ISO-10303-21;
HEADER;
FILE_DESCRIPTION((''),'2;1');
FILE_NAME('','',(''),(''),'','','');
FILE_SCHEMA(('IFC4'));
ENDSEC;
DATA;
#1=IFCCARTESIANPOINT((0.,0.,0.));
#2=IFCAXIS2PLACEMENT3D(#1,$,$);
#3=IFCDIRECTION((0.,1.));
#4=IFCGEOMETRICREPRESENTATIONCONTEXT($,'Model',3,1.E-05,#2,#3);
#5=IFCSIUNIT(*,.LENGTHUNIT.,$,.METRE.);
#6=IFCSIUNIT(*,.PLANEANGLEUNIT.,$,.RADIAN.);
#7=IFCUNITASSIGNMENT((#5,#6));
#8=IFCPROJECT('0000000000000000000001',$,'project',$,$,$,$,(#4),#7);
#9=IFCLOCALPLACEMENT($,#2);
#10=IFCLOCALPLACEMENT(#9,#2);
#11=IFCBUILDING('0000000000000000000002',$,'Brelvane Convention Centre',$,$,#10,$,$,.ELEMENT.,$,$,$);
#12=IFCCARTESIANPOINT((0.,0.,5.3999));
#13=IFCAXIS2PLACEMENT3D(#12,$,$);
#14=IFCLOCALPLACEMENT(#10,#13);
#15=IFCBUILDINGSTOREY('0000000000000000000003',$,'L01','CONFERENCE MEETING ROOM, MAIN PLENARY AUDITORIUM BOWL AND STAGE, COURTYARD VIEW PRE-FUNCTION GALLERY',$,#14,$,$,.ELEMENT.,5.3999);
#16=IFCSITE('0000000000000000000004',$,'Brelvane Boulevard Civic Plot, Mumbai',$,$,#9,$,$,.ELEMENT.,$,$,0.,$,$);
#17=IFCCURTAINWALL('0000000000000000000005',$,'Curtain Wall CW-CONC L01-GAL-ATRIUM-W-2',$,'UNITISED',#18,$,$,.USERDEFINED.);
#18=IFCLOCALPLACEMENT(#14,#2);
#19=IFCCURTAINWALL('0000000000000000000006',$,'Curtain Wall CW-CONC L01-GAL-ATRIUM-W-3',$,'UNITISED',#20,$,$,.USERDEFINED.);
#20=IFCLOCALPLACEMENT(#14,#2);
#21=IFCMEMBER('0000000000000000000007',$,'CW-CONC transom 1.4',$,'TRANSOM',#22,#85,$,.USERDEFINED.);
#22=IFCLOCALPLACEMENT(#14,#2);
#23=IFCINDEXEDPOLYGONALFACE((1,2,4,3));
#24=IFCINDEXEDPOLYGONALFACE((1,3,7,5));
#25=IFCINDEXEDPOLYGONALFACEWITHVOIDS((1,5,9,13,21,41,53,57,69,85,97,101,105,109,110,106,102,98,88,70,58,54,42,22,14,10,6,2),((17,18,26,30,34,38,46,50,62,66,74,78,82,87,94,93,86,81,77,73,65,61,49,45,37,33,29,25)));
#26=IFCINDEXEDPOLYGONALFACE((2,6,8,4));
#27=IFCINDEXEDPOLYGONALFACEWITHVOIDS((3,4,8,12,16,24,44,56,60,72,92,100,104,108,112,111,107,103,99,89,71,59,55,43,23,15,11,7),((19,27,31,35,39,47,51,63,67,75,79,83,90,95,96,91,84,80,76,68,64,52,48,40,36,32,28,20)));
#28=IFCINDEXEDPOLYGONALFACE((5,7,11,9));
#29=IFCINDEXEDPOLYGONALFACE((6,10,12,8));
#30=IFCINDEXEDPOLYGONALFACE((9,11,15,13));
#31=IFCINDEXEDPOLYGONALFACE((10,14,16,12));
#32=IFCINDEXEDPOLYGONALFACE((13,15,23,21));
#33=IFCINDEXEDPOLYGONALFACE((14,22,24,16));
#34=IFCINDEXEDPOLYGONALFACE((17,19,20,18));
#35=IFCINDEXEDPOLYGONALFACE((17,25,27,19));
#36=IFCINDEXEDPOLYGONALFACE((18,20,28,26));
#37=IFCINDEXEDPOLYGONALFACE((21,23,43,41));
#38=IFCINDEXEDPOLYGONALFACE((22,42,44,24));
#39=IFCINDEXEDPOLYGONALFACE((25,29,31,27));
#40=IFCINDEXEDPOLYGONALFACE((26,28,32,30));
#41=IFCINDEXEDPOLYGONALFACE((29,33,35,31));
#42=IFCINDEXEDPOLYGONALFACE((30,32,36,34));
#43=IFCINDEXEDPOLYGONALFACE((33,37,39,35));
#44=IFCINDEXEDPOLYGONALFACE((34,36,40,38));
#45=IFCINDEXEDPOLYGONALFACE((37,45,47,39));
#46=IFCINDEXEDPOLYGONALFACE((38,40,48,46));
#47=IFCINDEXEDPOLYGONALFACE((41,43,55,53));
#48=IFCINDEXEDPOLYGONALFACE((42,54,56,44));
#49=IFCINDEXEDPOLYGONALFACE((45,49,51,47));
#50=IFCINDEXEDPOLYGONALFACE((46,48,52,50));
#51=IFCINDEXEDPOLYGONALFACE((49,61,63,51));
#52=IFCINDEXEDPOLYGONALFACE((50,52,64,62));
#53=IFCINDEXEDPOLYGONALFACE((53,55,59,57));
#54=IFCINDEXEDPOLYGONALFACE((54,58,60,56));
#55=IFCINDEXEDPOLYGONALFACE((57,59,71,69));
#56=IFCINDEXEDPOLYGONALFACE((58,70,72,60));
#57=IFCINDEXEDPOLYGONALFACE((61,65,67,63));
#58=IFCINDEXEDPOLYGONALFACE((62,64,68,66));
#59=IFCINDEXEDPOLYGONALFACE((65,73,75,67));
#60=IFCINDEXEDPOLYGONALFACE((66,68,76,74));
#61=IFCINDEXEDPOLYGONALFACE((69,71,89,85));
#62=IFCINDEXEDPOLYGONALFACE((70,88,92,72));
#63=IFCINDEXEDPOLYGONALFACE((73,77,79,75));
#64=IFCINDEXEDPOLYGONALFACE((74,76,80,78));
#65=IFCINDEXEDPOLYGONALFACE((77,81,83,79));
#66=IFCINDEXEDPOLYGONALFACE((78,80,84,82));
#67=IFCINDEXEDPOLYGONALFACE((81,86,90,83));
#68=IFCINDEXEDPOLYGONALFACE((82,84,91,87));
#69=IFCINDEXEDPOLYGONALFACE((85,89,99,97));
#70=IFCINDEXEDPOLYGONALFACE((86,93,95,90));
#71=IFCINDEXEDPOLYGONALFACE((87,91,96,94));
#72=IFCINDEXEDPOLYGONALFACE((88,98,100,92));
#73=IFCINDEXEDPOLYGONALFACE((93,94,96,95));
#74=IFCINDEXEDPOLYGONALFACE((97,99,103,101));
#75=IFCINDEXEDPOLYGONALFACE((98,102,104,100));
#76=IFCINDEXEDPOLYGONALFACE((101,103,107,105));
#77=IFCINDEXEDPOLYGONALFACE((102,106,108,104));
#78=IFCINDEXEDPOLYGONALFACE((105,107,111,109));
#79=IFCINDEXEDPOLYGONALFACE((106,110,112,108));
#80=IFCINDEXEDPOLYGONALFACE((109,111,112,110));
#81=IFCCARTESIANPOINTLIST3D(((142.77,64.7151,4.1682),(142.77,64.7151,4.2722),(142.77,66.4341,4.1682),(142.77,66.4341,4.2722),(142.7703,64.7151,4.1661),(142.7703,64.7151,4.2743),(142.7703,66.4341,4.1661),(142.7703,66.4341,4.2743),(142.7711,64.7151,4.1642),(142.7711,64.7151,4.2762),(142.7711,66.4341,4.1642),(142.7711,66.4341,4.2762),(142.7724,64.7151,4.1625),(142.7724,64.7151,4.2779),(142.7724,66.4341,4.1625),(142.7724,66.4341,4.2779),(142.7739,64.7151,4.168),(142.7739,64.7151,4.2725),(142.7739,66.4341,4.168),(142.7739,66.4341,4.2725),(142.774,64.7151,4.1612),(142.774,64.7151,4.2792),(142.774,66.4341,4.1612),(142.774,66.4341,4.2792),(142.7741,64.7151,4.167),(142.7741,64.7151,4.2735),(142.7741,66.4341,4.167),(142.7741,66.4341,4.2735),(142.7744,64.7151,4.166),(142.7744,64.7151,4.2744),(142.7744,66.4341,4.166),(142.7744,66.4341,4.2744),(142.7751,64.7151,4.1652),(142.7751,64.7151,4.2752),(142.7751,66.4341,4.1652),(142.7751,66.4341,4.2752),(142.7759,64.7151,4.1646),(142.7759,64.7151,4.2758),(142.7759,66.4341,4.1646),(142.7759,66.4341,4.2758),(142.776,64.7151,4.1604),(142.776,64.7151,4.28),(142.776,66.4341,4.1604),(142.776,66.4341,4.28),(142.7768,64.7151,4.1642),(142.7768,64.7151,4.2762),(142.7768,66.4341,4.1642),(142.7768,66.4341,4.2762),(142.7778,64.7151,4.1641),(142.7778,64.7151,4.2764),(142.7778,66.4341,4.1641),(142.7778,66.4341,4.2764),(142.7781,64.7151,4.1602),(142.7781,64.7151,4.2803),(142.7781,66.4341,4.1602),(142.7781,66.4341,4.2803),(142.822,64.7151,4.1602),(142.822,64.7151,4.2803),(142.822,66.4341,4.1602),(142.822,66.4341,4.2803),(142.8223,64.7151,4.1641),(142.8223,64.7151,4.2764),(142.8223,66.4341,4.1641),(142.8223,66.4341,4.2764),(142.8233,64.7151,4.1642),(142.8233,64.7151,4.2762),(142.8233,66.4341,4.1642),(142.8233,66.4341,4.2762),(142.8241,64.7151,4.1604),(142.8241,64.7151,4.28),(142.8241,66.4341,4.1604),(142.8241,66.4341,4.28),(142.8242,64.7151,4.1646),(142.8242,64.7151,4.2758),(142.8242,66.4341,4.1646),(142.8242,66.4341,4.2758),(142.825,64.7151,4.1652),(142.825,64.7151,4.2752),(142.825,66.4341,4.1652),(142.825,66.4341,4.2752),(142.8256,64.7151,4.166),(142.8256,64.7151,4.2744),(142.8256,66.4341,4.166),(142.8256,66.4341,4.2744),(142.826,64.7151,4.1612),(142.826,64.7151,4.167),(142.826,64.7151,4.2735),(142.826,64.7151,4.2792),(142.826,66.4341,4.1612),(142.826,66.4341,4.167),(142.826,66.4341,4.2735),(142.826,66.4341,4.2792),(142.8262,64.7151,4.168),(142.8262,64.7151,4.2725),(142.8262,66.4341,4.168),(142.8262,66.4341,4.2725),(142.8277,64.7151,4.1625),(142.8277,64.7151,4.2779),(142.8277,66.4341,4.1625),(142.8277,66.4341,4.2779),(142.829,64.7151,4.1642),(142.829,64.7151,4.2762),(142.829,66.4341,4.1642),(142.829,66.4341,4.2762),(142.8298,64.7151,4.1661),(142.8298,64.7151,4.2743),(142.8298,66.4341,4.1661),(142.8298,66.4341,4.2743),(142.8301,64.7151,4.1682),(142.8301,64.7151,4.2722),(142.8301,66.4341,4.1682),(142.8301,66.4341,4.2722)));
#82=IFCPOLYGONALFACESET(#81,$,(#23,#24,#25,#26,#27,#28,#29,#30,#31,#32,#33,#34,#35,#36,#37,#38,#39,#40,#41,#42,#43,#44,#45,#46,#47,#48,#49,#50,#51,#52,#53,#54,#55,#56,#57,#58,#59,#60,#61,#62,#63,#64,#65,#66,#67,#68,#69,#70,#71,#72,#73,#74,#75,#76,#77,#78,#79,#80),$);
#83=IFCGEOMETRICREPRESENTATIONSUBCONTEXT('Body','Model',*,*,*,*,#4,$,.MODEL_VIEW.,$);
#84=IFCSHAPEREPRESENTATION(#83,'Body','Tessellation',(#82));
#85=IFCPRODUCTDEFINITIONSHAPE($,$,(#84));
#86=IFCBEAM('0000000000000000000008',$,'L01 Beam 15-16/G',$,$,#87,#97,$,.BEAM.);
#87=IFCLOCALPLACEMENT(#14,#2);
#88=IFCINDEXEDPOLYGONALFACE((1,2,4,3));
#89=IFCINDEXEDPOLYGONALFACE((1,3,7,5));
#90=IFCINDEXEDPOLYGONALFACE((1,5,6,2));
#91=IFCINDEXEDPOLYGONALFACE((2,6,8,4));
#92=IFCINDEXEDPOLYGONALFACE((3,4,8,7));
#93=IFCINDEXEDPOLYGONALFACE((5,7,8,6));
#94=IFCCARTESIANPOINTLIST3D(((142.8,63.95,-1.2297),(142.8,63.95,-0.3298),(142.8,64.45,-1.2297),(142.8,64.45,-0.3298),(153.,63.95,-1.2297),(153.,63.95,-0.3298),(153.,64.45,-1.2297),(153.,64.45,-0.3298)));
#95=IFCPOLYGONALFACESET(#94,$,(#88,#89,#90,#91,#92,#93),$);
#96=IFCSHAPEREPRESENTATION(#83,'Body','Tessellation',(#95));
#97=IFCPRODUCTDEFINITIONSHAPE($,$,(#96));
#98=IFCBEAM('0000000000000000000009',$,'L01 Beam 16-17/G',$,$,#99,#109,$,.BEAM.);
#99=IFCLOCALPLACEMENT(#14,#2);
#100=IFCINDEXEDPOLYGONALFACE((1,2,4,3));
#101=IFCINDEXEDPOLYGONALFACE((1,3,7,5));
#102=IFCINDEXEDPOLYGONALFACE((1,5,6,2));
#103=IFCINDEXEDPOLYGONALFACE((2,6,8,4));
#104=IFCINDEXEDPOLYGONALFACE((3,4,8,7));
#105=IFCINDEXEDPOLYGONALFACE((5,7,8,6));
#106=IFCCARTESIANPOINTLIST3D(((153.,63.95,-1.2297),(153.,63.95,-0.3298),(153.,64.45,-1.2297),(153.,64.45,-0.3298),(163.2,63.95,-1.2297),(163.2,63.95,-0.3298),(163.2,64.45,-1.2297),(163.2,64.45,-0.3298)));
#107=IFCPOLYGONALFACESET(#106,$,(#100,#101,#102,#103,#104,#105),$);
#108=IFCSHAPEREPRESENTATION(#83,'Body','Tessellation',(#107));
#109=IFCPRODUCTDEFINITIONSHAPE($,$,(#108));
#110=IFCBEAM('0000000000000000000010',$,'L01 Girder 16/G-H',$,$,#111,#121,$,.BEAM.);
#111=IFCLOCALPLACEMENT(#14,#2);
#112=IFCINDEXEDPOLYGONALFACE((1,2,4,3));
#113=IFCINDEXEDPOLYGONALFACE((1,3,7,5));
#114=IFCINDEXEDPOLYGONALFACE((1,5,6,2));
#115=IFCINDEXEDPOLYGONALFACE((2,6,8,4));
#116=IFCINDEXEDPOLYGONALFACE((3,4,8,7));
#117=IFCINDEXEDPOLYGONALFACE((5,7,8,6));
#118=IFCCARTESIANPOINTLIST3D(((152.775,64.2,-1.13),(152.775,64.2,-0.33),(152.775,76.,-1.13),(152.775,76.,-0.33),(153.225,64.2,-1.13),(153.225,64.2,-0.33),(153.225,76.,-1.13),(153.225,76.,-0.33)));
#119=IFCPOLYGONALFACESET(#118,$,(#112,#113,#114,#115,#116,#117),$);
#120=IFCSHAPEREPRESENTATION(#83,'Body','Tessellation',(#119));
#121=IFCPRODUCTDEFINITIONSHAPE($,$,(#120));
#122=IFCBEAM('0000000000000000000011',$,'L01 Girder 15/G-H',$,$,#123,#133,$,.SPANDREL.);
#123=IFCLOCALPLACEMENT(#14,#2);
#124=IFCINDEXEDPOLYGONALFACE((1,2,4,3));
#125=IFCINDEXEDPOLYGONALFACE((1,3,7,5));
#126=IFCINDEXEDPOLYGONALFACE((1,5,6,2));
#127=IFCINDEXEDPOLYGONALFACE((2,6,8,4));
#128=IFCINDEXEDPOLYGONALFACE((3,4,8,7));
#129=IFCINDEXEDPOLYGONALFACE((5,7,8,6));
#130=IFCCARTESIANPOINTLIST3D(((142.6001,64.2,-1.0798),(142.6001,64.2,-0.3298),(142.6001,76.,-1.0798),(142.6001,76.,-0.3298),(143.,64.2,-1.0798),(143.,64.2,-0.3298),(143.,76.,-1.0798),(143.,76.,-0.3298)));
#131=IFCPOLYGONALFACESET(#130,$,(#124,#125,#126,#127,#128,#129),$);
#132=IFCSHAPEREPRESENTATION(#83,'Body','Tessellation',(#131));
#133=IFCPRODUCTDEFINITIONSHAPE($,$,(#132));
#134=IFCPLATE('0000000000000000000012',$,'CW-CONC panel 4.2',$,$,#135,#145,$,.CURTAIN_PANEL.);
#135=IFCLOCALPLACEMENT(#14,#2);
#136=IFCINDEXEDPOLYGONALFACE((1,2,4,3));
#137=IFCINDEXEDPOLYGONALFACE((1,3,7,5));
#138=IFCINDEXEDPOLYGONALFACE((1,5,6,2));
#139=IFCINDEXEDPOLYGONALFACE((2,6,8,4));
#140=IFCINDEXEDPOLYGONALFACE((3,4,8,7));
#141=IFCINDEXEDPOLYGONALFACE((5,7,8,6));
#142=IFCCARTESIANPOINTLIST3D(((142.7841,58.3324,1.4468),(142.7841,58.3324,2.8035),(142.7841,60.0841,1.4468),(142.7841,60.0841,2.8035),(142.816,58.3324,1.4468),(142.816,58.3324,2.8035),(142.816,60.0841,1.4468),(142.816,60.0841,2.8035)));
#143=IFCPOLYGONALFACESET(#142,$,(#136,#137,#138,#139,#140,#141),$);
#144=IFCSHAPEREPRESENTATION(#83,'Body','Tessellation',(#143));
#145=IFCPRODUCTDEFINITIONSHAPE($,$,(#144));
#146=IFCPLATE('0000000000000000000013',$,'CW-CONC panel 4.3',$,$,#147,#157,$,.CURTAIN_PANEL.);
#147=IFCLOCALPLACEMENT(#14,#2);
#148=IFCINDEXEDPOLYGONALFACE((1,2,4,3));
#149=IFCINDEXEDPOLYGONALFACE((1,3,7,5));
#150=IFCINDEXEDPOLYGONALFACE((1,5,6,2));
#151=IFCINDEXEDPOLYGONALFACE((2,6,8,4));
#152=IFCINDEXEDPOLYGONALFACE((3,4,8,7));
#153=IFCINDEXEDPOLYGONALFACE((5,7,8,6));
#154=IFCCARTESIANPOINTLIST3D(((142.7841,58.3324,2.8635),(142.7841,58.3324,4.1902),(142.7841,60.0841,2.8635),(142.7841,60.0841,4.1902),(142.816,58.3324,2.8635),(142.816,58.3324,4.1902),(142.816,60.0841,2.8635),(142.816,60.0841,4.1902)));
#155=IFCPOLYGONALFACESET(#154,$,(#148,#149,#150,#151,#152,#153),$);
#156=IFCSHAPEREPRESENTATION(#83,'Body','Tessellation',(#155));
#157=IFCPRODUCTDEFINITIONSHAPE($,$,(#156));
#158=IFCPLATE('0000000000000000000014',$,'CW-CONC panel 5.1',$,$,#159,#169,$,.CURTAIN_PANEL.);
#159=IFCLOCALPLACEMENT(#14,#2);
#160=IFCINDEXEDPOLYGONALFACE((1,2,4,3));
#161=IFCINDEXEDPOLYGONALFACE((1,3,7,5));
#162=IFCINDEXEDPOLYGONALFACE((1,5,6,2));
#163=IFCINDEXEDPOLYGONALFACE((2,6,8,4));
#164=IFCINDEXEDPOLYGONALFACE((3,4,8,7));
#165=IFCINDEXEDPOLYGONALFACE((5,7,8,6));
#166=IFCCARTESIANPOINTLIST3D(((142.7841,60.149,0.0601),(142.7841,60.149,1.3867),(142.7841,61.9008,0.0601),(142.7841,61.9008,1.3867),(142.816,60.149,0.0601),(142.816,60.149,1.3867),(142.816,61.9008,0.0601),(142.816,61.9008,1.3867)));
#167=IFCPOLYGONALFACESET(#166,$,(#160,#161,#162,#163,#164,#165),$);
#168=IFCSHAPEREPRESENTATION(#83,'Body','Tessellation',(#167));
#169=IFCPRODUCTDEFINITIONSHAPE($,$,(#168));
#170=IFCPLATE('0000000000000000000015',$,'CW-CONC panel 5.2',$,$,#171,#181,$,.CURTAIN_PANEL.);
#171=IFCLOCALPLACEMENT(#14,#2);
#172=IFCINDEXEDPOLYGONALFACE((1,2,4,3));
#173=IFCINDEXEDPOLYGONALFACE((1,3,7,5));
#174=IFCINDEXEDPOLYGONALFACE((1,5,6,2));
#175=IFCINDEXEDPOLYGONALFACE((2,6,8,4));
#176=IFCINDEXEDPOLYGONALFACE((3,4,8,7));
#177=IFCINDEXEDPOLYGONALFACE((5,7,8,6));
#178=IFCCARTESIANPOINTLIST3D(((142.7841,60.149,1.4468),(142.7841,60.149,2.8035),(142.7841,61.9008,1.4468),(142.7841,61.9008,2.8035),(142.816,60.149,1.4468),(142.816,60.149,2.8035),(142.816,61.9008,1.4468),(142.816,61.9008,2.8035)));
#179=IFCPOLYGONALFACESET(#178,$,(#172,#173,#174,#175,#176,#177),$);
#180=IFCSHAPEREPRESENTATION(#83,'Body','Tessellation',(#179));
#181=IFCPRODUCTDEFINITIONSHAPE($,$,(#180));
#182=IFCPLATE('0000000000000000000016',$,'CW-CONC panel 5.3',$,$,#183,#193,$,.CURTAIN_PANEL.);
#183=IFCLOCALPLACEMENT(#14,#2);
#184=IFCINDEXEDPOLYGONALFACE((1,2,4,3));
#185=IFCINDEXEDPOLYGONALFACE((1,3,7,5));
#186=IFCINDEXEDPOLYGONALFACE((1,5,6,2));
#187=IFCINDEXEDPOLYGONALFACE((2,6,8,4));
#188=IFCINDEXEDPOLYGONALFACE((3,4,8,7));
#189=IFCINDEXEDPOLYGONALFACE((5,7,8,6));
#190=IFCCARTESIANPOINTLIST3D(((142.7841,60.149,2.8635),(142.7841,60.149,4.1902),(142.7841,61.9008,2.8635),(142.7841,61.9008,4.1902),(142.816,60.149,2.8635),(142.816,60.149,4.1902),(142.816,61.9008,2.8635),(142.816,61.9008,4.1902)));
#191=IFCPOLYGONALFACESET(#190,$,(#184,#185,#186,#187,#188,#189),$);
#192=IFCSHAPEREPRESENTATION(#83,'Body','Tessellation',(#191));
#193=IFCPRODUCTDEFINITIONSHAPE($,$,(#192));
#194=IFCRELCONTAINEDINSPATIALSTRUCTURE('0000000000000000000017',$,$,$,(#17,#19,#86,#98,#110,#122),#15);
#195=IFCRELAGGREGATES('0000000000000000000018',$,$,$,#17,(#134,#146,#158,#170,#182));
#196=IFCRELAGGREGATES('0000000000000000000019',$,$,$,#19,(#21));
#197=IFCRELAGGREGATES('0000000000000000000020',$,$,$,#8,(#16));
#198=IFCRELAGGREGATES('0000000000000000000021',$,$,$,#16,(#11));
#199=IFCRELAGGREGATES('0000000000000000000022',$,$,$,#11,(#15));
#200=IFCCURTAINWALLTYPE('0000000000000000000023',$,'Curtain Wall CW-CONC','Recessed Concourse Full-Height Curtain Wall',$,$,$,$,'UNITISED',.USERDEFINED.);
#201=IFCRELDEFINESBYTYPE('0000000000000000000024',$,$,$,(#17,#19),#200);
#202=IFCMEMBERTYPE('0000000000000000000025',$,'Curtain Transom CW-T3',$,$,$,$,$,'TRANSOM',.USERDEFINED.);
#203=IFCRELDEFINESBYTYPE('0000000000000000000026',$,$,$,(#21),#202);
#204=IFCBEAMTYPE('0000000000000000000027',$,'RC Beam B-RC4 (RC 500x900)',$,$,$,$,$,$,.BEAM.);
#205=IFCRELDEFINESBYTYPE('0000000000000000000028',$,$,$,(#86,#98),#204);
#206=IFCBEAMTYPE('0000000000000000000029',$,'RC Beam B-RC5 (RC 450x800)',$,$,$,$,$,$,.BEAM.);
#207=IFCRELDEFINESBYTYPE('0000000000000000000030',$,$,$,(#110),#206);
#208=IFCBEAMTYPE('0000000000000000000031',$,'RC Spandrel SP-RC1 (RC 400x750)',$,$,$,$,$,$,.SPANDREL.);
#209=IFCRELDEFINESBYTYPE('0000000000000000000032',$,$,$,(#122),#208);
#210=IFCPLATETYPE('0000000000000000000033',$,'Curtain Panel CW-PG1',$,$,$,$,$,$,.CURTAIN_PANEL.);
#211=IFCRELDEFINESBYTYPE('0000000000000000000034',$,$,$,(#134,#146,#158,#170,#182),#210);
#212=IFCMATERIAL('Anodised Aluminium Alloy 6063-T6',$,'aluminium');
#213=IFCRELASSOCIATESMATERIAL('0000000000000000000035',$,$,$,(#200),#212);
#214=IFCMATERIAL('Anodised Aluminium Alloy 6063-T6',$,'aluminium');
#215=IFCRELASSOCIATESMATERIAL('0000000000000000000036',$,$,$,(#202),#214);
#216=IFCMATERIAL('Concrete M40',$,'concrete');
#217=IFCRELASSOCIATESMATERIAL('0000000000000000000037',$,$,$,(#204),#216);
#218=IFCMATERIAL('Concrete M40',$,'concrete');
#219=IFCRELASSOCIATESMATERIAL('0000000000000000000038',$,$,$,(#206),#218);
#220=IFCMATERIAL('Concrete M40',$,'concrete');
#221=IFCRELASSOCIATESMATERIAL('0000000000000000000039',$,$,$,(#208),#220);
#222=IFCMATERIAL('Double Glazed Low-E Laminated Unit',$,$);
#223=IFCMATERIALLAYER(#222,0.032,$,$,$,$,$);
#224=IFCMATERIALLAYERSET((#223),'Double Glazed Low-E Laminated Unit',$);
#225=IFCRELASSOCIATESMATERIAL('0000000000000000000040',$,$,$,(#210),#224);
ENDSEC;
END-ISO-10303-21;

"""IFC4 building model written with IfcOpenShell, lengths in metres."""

from ifc_helpers import new_model, si_unit, direction, frame, origin, origin_2d, place, context, subcontext, project, spatial, rectangle, hollow_rectangle, extrude, material, layer, layer_set, material_profile, profile_set, type_object, element, aggregate, save


model = new_model("IFC4")

# Units and contexts
model_context = context("Model", 3, precision=1e-05, world=origin(), true_north=direction((0.0, 1.0)))
body_context = subcontext(model_context, "Body", "Model", "MODEL_VIEW")
ifc_project = project(units=[si_unit("LENGTHUNIT", "METRE"), si_unit("PLANEANGLEUNIT", "RADIAN")], contexts=[model_context])

# Site, building, storey
site_placement = place(None, origin())
site = spatial("IfcSite", under=ifc_project, at=site_placement, Name="Brelvane Boulevard Civic Plot, Mumbai", CompositionType="ELEMENT", RefElevation=0.0)
building_placement = place(site_placement, origin())
building = spatial("IfcBuilding", under=site, at=building_placement, Name="Brelvane Convention Centre", CompositionType="ELEMENT")
storey_placement = place(building_placement, frame((0.0, 0.0, 5.3999)))
storey = spatial("IfcBuildingStorey", under=building, at=storey_placement, Name="L01", Description="CONFERENCE MEETING ROOM, MAIN PLENARY AUDITORIUM BOWL AND STAGE, COURTYARD VIEW PRE-FUNCTION GALLERY", CompositionType="ELEMENT", Elevation=5.3999)

# Curtain wall
ifc_material_1 = material(Name="Anodised Aluminium Alloy 6063-T6", Category="aluminium")
curtain_wall_type = type_object("IfcCurtainWallType", Name="Curtain Wall CW-CONC", Description="Recessed Concourse Full-Height Curtain Wall", ElementType="UNITISED", PredefinedType="USERDEFINED", material=ifc_material_1)
curtain_wall_1_placement = place(storey_placement, origin())
curtain_wall_1 = element("IfcCurtainWall", 1, at=curtain_wall_1_placement, inside=storey, type_object=curtain_wall_type, Name="Curtain Wall CW-CONC L01-GAL-ATRIUM-W-2", ObjectType="UNITISED", PredefinedType="USERDEFINED")

# Curtain wall
curtain_wall_2_placement = place(storey_placement, origin())
curtain_wall_2 = element("IfcCurtainWall", 2, at=curtain_wall_2_placement, inside=storey, type_object=curtain_wall_type, Name="Curtain Wall CW-CONC L01-GAL-ATRIUM-W-3", ObjectType="UNITISED", PredefinedType="USERDEFINED")

# Member
ifc_material_2 = material(Name="Anodised Aluminium Alloy 6063-T6", Category="aluminium")
ifc_material_profile_1 = material_profile(ifc_material_2, hollow_rectangle(XDim=0.0601, YDim=0.1201, WallThickness=0.0039, InnerFilletRadius=0.0039, OuterFilletRadius=0.0081, at=origin_2d()), Name="ALU-T 120x60x4.0")
ifc_profile_set_1 = profile_set([ifc_material_profile_1], Name="Anodised Aluminium Alloy 6063-T6")
member_type_1 = type_object("IfcMemberType", Name="Curtain Transom CW-T3", ElementType="TRANSOM", PredefinedType="USERDEFINED", material=ifc_profile_set_1)
member_1_placement = place(storey_placement, frame((142.8, 64.7151, 4.2202), z_axis=(0.0, 1.0, 0.0), x_axis=(-1.0, 0.0, 0.0)))
member_1 = element("IfcMember", 3, at=member_1_placement, type_object=member_type_1, Name="CW-CONC transom 1.4", ObjectType="TRANSOM", PredefinedType="USERDEFINED", context=body_context, shape_type="SweptSolid", body=[
    extrude(hollow_rectangle(XDim=0.0601, YDim=0.1201, WallThickness=0.0039, InnerFilletRadius=0.0039, OuterFilletRadius=0.0081, at=origin_2d()), origin(), (0.0, 0.0, 1.0), 1.719),
])

# Beams
ifc_material_3 = material(Name="Concrete M40", Category="concrete")
ifc_material_profile_2 = material_profile(ifc_material_3, rectangle(XDim=0.5, YDim=0.8999, at=origin_2d()), Name="RC 500x900")
ifc_profile_set_2 = profile_set([ifc_material_profile_2], Name="Concrete M40")
beam_type_1 = type_object("IfcBeamType", Name="RC Beam B-RC4 (RC 500x900)", PredefinedType="BEAM", material=ifc_profile_set_2)
for number, where, z_axis, x_axis, name in (
    (4, (142.8, 64.2, -0.7798), (1.0, 0.0, 0.0), (0.0, 1.0, 0.0), "L01 Beam 15-16/G"),
    (5, (153.0, 64.2, -0.7798), (1.0, 0.0, 0.0), (0.0, 1.0, 0.0), "L01 Beam 16-17/G"),
):
    element("IfcBeam", number, at=place(storey_placement, frame(where, z_axis=z_axis, x_axis=x_axis)), inside=storey, type_object=beam_type_1, Name=name, PredefinedType="BEAM", context=body_context, shape_type="SweptSolid", body=[
        extrude(rectangle(XDim=0.5, YDim=0.8999, at=origin_2d()), origin(), (0.0, 0.0, 1.0), 10.2),
    ])
ifc_material_4 = material(Name="Concrete M40", Category="concrete")
ifc_material_profile_3 = material_profile(ifc_material_4, rectangle(XDim=0.45, YDim=0.8, at=origin_2d()), Name="RC 450x800")
ifc_profile_set_3 = profile_set([ifc_material_profile_3], Name="Concrete M40")
beam_type_2 = type_object("IfcBeamType", Name="RC Beam B-RC5 (RC 450x800)", PredefinedType="BEAM", material=ifc_profile_set_3)
beam_1_placement = place(storey_placement, frame((153.0, 64.2, -0.73), z_axis=(0.0, 1.0, 0.0), x_axis=(-1.0, 0.0, 0.0)))
element("IfcBeam", 6, at=beam_1_placement, inside=storey, type_object=beam_type_2, Name="L01 Girder 16/G-H", PredefinedType="BEAM", context=body_context, shape_type="SweptSolid", body=[
    extrude(rectangle(XDim=0.45, YDim=0.8, at=origin_2d()), origin(), (0.0, 0.0, 1.0), 11.8),
])
ifc_material_5 = material(Name="Concrete M40", Category="concrete")
ifc_material_profile_4 = material_profile(ifc_material_5, rectangle(XDim=0.3999, YDim=0.75, at=origin_2d()), Name="RC 400x750")
ifc_profile_set_4 = profile_set([ifc_material_profile_4], Name="Concrete M40")
beam_type_3 = type_object("IfcBeamType", Name="RC Spandrel SP-RC1 (RC 400x750)", PredefinedType="SPANDREL", material=ifc_profile_set_4)
beam_2_placement = place(storey_placement, frame((142.8, 64.2, -0.7048), z_axis=(0.0, 1.0, 0.0), x_axis=(-1.0, 0.0, 0.0)))
element("IfcBeam", 7, at=beam_2_placement, inside=storey, type_object=beam_type_3, Name="L01 Girder 15/G-H", PredefinedType="SPANDREL", context=body_context, shape_type="SweptSolid", body=[
    extrude(rectangle(XDim=0.3999, YDim=0.75, at=origin_2d()), origin(), (0.0, 0.0, 1.0), 11.8),
])

# Plates
ifc_material_6 = material(Name="Double Glazed Low-E Laminated Unit")
ifc_layer = layer(ifc_material_6, 0.032)
ifc_layer_set = layer_set([ifc_layer], Name="Double Glazed Low-E Laminated Unit")
plate_type = type_object("IfcPlateType", Name="Curtain Panel CW-PG1", PredefinedType="CURTAIN_PANEL", material=ifc_layer_set)
plate_1_placement = place(storey_placement, frame((142.8, 59.2083, 1.4468), z_axis=(0.0, 0.0, 1.0), x_axis=(0.0, 1.0, 0.0)))
plate_1 = element("IfcPlate", 8, at=plate_1_placement, type_object=plate_type, Name="CW-CONC panel 4.2", PredefinedType="CURTAIN_PANEL", context=body_context, shape_type="SweptSolid", body=[
    extrude(rectangle(XDim=1.7517, YDim=0.032, at=origin_2d()), origin(), (0.0, 0.0, 1.0), 1.3567),
])
plate_2_placement = place(storey_placement, frame((142.8, 59.2083, 2.8635), z_axis=(0.0, 0.0, 1.0), x_axis=(0.0, 1.0, 0.0)))
plate_2 = element("IfcPlate", 9, at=plate_2_placement, type_object=plate_type, Name="CW-CONC panel 4.3", PredefinedType="CURTAIN_PANEL", context=body_context, shape_type="SweptSolid", body=[
    extrude(rectangle(XDim=1.7517, YDim=0.032, at=origin_2d()), origin(), (0.0, 0.0, 1.0), 1.3267),
])
plate_3_placement = place(storey_placement, frame((142.8, 61.0249, 0.0601), z_axis=(0.0, 0.0, 1.0), x_axis=(0.0, 1.0, 0.0)))
plate_3 = element("IfcPlate", 10, at=plate_3_placement, type_object=plate_type, Name="CW-CONC panel 5.1", PredefinedType="CURTAIN_PANEL", context=body_context, shape_type="SweptSolid", body=[
    extrude(rectangle(XDim=1.7517, YDim=0.032, at=origin_2d()), origin(), (0.0, 0.0, 1.0), 1.3267),
])
plate_4_placement = place(storey_placement, frame((142.8, 61.0249, 1.4468), z_axis=(0.0, 0.0, 1.0), x_axis=(0.0, 1.0, 0.0)))
plate_4 = element("IfcPlate", 11, at=plate_4_placement, type_object=plate_type, Name="CW-CONC panel 5.2", PredefinedType="CURTAIN_PANEL", context=body_context, shape_type="SweptSolid", body=[
    extrude(rectangle(XDim=1.7517, YDim=0.032, at=origin_2d()), origin(), (0.0, 0.0, 1.0), 1.3567),
])
plate_5_placement = place(storey_placement, frame((142.8, 61.0249, 2.8635), z_axis=(0.0, 0.0, 1.0), x_axis=(0.0, 1.0, 0.0)))
plate_5 = element("IfcPlate", 12, at=plate_5_placement, type_object=plate_type, Name="CW-CONC panel 5.3", PredefinedType="CURTAIN_PANEL", context=body_context, shape_type="SweptSolid", body=[
    extrude(rectangle(XDim=1.7517, YDim=0.032, at=origin_2d()), origin(), (0.0, 0.0, 1.0), 1.3267),
])
aggregate(curtain_wall_1, [plate_1, plate_2, plate_3, plate_4, plate_5])
aggregate(curtain_wall_2, [member_1])

save(model, "model.ifc")
